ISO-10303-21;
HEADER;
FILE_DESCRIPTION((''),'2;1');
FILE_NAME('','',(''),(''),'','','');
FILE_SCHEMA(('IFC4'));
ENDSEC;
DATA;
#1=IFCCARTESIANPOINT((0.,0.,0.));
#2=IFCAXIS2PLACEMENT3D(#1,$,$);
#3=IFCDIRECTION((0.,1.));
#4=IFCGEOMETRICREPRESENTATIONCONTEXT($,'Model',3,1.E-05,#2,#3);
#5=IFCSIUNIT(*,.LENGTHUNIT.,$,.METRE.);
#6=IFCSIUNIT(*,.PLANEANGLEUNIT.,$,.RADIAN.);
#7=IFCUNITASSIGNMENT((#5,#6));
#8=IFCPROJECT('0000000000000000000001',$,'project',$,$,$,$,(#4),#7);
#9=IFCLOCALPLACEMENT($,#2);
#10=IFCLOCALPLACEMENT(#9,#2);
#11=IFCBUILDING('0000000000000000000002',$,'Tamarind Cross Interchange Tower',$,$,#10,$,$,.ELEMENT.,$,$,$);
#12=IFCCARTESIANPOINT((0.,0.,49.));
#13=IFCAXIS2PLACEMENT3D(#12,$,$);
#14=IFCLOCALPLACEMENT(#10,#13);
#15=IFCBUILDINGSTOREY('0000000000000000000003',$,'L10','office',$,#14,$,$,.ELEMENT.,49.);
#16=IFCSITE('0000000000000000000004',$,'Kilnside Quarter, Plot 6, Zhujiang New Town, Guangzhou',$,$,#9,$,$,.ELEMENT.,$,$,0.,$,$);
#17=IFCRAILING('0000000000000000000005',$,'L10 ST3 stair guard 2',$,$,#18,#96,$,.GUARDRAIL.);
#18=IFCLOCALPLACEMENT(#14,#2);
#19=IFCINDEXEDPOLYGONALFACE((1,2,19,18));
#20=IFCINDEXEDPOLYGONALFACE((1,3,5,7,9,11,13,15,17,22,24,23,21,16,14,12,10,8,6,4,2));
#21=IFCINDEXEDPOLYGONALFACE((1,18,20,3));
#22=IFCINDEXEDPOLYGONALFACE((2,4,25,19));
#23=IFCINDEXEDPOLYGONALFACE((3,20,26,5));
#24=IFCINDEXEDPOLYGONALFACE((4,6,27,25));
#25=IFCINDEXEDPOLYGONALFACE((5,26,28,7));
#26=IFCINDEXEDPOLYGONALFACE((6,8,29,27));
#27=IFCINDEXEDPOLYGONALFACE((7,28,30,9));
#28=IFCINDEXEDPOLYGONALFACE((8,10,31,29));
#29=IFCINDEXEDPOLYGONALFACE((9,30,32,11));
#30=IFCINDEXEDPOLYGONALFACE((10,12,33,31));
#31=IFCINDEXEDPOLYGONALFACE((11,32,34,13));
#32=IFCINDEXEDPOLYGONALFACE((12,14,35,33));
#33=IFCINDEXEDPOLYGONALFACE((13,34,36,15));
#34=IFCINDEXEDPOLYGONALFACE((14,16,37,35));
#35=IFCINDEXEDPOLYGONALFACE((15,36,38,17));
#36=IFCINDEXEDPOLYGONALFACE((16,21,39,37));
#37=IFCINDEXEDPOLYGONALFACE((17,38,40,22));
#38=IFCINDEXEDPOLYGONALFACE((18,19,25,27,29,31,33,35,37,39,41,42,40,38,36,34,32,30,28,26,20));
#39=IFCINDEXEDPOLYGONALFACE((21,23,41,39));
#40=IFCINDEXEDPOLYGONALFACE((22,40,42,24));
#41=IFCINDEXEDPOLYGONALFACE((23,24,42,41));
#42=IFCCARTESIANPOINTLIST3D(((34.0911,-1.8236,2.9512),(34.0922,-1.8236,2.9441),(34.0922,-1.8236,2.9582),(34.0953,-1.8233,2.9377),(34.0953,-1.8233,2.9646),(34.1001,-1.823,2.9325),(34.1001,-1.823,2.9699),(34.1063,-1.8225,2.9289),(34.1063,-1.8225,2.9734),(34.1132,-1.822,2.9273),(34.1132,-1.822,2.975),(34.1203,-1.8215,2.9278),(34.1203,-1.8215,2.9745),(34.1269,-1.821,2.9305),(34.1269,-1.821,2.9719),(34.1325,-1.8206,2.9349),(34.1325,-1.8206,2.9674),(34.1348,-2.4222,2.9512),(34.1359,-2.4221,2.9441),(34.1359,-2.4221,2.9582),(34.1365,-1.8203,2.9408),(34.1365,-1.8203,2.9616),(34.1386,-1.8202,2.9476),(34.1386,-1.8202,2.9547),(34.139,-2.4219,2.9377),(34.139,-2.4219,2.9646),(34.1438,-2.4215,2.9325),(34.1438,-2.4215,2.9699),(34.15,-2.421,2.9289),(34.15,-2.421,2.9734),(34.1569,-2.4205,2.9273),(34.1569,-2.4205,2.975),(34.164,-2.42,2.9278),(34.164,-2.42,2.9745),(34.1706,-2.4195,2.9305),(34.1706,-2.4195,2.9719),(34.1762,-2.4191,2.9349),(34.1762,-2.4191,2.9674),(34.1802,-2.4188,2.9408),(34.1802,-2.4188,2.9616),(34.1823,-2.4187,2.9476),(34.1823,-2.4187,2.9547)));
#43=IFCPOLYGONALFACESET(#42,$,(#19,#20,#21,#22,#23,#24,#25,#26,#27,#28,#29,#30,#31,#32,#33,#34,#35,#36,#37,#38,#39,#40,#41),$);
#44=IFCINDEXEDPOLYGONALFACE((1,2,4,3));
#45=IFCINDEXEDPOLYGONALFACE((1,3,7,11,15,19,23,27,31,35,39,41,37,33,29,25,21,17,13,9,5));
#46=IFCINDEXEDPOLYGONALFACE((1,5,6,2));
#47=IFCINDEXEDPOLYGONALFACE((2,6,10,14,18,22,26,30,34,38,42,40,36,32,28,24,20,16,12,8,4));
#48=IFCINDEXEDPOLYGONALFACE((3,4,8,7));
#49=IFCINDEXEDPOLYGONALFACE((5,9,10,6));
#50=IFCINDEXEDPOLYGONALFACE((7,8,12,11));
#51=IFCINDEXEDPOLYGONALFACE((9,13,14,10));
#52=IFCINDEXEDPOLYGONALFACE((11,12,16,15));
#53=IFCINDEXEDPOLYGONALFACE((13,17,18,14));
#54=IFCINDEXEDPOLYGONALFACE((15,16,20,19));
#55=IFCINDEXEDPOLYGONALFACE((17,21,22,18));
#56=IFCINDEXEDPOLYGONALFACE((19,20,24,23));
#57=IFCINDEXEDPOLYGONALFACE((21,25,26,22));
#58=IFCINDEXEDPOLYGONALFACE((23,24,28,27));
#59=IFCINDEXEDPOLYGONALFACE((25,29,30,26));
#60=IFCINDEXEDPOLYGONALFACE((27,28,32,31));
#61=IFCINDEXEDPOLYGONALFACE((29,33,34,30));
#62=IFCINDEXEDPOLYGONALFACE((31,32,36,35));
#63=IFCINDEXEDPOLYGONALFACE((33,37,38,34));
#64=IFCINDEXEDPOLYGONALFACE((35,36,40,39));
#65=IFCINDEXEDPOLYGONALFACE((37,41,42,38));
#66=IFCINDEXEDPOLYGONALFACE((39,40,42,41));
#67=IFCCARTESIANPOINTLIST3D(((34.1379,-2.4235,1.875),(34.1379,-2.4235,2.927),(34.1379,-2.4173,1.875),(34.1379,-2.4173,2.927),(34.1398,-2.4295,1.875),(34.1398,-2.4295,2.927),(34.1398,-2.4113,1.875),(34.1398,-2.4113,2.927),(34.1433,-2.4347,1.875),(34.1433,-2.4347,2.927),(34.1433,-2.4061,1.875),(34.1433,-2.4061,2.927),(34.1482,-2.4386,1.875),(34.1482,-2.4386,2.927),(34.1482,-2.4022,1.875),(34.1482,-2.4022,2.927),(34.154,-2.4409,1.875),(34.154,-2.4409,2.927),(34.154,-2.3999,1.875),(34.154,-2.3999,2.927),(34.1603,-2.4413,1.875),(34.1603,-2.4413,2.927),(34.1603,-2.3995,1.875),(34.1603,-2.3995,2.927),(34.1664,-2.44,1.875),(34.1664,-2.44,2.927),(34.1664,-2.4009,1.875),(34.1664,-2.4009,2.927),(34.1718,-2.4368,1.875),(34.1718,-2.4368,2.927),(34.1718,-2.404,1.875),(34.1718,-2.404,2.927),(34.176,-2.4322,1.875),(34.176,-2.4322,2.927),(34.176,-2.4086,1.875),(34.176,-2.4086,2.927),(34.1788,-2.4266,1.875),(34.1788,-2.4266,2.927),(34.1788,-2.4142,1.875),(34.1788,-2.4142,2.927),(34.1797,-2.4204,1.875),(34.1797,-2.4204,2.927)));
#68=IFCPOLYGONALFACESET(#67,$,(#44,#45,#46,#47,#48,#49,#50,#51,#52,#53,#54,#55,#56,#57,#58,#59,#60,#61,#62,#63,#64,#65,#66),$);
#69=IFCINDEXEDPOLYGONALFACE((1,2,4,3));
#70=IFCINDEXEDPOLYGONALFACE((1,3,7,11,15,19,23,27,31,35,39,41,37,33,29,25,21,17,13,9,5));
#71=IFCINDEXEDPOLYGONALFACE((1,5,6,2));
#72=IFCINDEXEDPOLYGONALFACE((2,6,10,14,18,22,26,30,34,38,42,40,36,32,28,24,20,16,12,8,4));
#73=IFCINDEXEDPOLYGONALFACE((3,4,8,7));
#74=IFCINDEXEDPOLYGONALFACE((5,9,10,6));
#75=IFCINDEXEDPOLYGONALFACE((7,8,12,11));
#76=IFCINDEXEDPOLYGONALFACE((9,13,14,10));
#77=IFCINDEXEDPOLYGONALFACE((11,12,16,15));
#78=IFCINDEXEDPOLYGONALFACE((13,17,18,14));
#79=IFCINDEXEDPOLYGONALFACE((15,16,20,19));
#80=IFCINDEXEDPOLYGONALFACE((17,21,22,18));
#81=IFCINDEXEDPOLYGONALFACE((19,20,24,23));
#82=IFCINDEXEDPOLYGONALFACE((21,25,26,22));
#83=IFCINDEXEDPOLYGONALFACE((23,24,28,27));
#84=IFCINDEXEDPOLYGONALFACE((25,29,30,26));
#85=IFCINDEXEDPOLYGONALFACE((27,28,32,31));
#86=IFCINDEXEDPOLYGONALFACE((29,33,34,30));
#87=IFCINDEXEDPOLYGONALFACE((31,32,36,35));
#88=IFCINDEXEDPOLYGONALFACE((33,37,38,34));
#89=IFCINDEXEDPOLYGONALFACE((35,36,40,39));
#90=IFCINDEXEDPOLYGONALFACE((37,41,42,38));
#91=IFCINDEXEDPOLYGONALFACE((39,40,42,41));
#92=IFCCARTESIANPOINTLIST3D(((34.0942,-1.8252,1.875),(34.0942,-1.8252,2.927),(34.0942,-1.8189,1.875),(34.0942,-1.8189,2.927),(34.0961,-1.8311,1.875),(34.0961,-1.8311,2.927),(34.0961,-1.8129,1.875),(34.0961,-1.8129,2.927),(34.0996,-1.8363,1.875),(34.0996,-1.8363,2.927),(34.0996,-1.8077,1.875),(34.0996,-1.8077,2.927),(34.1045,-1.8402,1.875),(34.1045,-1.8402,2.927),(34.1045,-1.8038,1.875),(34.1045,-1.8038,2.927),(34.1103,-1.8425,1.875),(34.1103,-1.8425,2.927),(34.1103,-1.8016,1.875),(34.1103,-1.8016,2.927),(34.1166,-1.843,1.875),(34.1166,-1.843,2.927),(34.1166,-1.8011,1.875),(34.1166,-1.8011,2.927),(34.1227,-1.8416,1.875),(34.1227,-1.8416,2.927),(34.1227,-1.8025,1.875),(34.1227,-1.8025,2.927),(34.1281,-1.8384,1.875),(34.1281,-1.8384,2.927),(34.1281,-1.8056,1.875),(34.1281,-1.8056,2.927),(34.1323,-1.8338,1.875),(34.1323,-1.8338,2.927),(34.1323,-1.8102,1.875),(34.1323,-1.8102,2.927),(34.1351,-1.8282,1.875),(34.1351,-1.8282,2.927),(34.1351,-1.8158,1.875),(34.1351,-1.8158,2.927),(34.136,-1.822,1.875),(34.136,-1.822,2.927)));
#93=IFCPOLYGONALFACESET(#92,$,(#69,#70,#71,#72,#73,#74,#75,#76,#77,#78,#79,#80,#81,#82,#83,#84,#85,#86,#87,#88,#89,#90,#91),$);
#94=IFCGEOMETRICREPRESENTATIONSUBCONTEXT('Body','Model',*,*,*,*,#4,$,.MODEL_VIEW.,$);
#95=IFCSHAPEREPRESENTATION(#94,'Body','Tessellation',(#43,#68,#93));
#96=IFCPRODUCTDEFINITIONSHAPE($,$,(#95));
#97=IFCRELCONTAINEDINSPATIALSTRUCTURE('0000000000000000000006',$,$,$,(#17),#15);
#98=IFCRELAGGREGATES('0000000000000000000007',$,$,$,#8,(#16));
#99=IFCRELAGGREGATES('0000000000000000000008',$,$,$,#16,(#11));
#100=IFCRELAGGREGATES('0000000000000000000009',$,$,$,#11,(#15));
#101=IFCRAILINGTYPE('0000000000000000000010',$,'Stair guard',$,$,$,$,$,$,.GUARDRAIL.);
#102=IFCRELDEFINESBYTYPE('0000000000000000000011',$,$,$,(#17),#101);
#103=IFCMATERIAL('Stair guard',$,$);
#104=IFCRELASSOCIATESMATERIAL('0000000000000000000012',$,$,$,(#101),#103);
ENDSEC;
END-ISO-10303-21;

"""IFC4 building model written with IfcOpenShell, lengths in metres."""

from ifc_helpers import new_model, si_unit, direction, frame, origin, origin_2d, place, context, subcontext, project, spatial, circle, extrude, material, type_object, element, save


model = new_model("IFC4")

# Units and contexts
model_context = context("Model", 3, precision=1e-05, world=origin(), true_north=direction((0.0, 1.0)))
body_context = subcontext(model_context, "Body", "Model", "MODEL_VIEW")
ifc_project = project(units=[si_unit("LENGTHUNIT", "METRE"), si_unit("PLANEANGLEUNIT", "RADIAN")], contexts=[model_context])

# Site, building, storey
site_placement = place(None, origin())
site = spatial("IfcSite", under=ifc_project, at=site_placement, Name="Kilnside Quarter, Plot 6, Zhujiang New Town, Guangzhou", CompositionType="ELEMENT", RefElevation=0.0)
building_placement = place(site_placement, origin())
building = spatial("IfcBuilding", under=site, at=building_placement, Name="Tamarind Cross Interchange Tower", CompositionType="ELEMENT")
storey_placement = place(building_placement, frame((0.0, 0.0, 49.0)))
storey = spatial("IfcBuildingStorey", under=building, at=storey_placement, Name="L10", Description="office", CompositionType="ELEMENT", Elevation=49.0)

# Railing
ifc_material_1 = material(Name="Stair guard")
railing_type_1 = type_object("IfcRailingType", Name="Stair guard", PredefinedType="GUARDRAIL", material=ifc_material_1)
railing_1_placement = place(storey_placement, frame((34.1587, -2.4204, 1.875)))
element("IfcRailing", 1, at=railing_1_placement, inside=storey, type_object=railing_type_1, Name="L10 ST3 stair guard 2", PredefinedType="GUARDRAIL", context=body_context, shape_type="SweptSolid", body=[
    extrude(circle(Radius=0.0239, at=origin_2d()), frame((0.0, 0.0, 1.0762), z_axis=(-0.072837, 0.997344, 0.0), x_axis=(-0.997344, -0.072837, 0.0)), (0.0, 0.0, 1.0), 0.6001),
    extrude(circle(Radius=0.021, at=origin_2d()), origin(), (0.0, 0.0, 1.0), 1.052),
    extrude(circle(Radius=0.021, at=origin_2d()), frame((-0.0437, 0.5984, 0.0)), (0.0, 0.0, 1.0), 1.052),
])

save(model, "model.ifc")
